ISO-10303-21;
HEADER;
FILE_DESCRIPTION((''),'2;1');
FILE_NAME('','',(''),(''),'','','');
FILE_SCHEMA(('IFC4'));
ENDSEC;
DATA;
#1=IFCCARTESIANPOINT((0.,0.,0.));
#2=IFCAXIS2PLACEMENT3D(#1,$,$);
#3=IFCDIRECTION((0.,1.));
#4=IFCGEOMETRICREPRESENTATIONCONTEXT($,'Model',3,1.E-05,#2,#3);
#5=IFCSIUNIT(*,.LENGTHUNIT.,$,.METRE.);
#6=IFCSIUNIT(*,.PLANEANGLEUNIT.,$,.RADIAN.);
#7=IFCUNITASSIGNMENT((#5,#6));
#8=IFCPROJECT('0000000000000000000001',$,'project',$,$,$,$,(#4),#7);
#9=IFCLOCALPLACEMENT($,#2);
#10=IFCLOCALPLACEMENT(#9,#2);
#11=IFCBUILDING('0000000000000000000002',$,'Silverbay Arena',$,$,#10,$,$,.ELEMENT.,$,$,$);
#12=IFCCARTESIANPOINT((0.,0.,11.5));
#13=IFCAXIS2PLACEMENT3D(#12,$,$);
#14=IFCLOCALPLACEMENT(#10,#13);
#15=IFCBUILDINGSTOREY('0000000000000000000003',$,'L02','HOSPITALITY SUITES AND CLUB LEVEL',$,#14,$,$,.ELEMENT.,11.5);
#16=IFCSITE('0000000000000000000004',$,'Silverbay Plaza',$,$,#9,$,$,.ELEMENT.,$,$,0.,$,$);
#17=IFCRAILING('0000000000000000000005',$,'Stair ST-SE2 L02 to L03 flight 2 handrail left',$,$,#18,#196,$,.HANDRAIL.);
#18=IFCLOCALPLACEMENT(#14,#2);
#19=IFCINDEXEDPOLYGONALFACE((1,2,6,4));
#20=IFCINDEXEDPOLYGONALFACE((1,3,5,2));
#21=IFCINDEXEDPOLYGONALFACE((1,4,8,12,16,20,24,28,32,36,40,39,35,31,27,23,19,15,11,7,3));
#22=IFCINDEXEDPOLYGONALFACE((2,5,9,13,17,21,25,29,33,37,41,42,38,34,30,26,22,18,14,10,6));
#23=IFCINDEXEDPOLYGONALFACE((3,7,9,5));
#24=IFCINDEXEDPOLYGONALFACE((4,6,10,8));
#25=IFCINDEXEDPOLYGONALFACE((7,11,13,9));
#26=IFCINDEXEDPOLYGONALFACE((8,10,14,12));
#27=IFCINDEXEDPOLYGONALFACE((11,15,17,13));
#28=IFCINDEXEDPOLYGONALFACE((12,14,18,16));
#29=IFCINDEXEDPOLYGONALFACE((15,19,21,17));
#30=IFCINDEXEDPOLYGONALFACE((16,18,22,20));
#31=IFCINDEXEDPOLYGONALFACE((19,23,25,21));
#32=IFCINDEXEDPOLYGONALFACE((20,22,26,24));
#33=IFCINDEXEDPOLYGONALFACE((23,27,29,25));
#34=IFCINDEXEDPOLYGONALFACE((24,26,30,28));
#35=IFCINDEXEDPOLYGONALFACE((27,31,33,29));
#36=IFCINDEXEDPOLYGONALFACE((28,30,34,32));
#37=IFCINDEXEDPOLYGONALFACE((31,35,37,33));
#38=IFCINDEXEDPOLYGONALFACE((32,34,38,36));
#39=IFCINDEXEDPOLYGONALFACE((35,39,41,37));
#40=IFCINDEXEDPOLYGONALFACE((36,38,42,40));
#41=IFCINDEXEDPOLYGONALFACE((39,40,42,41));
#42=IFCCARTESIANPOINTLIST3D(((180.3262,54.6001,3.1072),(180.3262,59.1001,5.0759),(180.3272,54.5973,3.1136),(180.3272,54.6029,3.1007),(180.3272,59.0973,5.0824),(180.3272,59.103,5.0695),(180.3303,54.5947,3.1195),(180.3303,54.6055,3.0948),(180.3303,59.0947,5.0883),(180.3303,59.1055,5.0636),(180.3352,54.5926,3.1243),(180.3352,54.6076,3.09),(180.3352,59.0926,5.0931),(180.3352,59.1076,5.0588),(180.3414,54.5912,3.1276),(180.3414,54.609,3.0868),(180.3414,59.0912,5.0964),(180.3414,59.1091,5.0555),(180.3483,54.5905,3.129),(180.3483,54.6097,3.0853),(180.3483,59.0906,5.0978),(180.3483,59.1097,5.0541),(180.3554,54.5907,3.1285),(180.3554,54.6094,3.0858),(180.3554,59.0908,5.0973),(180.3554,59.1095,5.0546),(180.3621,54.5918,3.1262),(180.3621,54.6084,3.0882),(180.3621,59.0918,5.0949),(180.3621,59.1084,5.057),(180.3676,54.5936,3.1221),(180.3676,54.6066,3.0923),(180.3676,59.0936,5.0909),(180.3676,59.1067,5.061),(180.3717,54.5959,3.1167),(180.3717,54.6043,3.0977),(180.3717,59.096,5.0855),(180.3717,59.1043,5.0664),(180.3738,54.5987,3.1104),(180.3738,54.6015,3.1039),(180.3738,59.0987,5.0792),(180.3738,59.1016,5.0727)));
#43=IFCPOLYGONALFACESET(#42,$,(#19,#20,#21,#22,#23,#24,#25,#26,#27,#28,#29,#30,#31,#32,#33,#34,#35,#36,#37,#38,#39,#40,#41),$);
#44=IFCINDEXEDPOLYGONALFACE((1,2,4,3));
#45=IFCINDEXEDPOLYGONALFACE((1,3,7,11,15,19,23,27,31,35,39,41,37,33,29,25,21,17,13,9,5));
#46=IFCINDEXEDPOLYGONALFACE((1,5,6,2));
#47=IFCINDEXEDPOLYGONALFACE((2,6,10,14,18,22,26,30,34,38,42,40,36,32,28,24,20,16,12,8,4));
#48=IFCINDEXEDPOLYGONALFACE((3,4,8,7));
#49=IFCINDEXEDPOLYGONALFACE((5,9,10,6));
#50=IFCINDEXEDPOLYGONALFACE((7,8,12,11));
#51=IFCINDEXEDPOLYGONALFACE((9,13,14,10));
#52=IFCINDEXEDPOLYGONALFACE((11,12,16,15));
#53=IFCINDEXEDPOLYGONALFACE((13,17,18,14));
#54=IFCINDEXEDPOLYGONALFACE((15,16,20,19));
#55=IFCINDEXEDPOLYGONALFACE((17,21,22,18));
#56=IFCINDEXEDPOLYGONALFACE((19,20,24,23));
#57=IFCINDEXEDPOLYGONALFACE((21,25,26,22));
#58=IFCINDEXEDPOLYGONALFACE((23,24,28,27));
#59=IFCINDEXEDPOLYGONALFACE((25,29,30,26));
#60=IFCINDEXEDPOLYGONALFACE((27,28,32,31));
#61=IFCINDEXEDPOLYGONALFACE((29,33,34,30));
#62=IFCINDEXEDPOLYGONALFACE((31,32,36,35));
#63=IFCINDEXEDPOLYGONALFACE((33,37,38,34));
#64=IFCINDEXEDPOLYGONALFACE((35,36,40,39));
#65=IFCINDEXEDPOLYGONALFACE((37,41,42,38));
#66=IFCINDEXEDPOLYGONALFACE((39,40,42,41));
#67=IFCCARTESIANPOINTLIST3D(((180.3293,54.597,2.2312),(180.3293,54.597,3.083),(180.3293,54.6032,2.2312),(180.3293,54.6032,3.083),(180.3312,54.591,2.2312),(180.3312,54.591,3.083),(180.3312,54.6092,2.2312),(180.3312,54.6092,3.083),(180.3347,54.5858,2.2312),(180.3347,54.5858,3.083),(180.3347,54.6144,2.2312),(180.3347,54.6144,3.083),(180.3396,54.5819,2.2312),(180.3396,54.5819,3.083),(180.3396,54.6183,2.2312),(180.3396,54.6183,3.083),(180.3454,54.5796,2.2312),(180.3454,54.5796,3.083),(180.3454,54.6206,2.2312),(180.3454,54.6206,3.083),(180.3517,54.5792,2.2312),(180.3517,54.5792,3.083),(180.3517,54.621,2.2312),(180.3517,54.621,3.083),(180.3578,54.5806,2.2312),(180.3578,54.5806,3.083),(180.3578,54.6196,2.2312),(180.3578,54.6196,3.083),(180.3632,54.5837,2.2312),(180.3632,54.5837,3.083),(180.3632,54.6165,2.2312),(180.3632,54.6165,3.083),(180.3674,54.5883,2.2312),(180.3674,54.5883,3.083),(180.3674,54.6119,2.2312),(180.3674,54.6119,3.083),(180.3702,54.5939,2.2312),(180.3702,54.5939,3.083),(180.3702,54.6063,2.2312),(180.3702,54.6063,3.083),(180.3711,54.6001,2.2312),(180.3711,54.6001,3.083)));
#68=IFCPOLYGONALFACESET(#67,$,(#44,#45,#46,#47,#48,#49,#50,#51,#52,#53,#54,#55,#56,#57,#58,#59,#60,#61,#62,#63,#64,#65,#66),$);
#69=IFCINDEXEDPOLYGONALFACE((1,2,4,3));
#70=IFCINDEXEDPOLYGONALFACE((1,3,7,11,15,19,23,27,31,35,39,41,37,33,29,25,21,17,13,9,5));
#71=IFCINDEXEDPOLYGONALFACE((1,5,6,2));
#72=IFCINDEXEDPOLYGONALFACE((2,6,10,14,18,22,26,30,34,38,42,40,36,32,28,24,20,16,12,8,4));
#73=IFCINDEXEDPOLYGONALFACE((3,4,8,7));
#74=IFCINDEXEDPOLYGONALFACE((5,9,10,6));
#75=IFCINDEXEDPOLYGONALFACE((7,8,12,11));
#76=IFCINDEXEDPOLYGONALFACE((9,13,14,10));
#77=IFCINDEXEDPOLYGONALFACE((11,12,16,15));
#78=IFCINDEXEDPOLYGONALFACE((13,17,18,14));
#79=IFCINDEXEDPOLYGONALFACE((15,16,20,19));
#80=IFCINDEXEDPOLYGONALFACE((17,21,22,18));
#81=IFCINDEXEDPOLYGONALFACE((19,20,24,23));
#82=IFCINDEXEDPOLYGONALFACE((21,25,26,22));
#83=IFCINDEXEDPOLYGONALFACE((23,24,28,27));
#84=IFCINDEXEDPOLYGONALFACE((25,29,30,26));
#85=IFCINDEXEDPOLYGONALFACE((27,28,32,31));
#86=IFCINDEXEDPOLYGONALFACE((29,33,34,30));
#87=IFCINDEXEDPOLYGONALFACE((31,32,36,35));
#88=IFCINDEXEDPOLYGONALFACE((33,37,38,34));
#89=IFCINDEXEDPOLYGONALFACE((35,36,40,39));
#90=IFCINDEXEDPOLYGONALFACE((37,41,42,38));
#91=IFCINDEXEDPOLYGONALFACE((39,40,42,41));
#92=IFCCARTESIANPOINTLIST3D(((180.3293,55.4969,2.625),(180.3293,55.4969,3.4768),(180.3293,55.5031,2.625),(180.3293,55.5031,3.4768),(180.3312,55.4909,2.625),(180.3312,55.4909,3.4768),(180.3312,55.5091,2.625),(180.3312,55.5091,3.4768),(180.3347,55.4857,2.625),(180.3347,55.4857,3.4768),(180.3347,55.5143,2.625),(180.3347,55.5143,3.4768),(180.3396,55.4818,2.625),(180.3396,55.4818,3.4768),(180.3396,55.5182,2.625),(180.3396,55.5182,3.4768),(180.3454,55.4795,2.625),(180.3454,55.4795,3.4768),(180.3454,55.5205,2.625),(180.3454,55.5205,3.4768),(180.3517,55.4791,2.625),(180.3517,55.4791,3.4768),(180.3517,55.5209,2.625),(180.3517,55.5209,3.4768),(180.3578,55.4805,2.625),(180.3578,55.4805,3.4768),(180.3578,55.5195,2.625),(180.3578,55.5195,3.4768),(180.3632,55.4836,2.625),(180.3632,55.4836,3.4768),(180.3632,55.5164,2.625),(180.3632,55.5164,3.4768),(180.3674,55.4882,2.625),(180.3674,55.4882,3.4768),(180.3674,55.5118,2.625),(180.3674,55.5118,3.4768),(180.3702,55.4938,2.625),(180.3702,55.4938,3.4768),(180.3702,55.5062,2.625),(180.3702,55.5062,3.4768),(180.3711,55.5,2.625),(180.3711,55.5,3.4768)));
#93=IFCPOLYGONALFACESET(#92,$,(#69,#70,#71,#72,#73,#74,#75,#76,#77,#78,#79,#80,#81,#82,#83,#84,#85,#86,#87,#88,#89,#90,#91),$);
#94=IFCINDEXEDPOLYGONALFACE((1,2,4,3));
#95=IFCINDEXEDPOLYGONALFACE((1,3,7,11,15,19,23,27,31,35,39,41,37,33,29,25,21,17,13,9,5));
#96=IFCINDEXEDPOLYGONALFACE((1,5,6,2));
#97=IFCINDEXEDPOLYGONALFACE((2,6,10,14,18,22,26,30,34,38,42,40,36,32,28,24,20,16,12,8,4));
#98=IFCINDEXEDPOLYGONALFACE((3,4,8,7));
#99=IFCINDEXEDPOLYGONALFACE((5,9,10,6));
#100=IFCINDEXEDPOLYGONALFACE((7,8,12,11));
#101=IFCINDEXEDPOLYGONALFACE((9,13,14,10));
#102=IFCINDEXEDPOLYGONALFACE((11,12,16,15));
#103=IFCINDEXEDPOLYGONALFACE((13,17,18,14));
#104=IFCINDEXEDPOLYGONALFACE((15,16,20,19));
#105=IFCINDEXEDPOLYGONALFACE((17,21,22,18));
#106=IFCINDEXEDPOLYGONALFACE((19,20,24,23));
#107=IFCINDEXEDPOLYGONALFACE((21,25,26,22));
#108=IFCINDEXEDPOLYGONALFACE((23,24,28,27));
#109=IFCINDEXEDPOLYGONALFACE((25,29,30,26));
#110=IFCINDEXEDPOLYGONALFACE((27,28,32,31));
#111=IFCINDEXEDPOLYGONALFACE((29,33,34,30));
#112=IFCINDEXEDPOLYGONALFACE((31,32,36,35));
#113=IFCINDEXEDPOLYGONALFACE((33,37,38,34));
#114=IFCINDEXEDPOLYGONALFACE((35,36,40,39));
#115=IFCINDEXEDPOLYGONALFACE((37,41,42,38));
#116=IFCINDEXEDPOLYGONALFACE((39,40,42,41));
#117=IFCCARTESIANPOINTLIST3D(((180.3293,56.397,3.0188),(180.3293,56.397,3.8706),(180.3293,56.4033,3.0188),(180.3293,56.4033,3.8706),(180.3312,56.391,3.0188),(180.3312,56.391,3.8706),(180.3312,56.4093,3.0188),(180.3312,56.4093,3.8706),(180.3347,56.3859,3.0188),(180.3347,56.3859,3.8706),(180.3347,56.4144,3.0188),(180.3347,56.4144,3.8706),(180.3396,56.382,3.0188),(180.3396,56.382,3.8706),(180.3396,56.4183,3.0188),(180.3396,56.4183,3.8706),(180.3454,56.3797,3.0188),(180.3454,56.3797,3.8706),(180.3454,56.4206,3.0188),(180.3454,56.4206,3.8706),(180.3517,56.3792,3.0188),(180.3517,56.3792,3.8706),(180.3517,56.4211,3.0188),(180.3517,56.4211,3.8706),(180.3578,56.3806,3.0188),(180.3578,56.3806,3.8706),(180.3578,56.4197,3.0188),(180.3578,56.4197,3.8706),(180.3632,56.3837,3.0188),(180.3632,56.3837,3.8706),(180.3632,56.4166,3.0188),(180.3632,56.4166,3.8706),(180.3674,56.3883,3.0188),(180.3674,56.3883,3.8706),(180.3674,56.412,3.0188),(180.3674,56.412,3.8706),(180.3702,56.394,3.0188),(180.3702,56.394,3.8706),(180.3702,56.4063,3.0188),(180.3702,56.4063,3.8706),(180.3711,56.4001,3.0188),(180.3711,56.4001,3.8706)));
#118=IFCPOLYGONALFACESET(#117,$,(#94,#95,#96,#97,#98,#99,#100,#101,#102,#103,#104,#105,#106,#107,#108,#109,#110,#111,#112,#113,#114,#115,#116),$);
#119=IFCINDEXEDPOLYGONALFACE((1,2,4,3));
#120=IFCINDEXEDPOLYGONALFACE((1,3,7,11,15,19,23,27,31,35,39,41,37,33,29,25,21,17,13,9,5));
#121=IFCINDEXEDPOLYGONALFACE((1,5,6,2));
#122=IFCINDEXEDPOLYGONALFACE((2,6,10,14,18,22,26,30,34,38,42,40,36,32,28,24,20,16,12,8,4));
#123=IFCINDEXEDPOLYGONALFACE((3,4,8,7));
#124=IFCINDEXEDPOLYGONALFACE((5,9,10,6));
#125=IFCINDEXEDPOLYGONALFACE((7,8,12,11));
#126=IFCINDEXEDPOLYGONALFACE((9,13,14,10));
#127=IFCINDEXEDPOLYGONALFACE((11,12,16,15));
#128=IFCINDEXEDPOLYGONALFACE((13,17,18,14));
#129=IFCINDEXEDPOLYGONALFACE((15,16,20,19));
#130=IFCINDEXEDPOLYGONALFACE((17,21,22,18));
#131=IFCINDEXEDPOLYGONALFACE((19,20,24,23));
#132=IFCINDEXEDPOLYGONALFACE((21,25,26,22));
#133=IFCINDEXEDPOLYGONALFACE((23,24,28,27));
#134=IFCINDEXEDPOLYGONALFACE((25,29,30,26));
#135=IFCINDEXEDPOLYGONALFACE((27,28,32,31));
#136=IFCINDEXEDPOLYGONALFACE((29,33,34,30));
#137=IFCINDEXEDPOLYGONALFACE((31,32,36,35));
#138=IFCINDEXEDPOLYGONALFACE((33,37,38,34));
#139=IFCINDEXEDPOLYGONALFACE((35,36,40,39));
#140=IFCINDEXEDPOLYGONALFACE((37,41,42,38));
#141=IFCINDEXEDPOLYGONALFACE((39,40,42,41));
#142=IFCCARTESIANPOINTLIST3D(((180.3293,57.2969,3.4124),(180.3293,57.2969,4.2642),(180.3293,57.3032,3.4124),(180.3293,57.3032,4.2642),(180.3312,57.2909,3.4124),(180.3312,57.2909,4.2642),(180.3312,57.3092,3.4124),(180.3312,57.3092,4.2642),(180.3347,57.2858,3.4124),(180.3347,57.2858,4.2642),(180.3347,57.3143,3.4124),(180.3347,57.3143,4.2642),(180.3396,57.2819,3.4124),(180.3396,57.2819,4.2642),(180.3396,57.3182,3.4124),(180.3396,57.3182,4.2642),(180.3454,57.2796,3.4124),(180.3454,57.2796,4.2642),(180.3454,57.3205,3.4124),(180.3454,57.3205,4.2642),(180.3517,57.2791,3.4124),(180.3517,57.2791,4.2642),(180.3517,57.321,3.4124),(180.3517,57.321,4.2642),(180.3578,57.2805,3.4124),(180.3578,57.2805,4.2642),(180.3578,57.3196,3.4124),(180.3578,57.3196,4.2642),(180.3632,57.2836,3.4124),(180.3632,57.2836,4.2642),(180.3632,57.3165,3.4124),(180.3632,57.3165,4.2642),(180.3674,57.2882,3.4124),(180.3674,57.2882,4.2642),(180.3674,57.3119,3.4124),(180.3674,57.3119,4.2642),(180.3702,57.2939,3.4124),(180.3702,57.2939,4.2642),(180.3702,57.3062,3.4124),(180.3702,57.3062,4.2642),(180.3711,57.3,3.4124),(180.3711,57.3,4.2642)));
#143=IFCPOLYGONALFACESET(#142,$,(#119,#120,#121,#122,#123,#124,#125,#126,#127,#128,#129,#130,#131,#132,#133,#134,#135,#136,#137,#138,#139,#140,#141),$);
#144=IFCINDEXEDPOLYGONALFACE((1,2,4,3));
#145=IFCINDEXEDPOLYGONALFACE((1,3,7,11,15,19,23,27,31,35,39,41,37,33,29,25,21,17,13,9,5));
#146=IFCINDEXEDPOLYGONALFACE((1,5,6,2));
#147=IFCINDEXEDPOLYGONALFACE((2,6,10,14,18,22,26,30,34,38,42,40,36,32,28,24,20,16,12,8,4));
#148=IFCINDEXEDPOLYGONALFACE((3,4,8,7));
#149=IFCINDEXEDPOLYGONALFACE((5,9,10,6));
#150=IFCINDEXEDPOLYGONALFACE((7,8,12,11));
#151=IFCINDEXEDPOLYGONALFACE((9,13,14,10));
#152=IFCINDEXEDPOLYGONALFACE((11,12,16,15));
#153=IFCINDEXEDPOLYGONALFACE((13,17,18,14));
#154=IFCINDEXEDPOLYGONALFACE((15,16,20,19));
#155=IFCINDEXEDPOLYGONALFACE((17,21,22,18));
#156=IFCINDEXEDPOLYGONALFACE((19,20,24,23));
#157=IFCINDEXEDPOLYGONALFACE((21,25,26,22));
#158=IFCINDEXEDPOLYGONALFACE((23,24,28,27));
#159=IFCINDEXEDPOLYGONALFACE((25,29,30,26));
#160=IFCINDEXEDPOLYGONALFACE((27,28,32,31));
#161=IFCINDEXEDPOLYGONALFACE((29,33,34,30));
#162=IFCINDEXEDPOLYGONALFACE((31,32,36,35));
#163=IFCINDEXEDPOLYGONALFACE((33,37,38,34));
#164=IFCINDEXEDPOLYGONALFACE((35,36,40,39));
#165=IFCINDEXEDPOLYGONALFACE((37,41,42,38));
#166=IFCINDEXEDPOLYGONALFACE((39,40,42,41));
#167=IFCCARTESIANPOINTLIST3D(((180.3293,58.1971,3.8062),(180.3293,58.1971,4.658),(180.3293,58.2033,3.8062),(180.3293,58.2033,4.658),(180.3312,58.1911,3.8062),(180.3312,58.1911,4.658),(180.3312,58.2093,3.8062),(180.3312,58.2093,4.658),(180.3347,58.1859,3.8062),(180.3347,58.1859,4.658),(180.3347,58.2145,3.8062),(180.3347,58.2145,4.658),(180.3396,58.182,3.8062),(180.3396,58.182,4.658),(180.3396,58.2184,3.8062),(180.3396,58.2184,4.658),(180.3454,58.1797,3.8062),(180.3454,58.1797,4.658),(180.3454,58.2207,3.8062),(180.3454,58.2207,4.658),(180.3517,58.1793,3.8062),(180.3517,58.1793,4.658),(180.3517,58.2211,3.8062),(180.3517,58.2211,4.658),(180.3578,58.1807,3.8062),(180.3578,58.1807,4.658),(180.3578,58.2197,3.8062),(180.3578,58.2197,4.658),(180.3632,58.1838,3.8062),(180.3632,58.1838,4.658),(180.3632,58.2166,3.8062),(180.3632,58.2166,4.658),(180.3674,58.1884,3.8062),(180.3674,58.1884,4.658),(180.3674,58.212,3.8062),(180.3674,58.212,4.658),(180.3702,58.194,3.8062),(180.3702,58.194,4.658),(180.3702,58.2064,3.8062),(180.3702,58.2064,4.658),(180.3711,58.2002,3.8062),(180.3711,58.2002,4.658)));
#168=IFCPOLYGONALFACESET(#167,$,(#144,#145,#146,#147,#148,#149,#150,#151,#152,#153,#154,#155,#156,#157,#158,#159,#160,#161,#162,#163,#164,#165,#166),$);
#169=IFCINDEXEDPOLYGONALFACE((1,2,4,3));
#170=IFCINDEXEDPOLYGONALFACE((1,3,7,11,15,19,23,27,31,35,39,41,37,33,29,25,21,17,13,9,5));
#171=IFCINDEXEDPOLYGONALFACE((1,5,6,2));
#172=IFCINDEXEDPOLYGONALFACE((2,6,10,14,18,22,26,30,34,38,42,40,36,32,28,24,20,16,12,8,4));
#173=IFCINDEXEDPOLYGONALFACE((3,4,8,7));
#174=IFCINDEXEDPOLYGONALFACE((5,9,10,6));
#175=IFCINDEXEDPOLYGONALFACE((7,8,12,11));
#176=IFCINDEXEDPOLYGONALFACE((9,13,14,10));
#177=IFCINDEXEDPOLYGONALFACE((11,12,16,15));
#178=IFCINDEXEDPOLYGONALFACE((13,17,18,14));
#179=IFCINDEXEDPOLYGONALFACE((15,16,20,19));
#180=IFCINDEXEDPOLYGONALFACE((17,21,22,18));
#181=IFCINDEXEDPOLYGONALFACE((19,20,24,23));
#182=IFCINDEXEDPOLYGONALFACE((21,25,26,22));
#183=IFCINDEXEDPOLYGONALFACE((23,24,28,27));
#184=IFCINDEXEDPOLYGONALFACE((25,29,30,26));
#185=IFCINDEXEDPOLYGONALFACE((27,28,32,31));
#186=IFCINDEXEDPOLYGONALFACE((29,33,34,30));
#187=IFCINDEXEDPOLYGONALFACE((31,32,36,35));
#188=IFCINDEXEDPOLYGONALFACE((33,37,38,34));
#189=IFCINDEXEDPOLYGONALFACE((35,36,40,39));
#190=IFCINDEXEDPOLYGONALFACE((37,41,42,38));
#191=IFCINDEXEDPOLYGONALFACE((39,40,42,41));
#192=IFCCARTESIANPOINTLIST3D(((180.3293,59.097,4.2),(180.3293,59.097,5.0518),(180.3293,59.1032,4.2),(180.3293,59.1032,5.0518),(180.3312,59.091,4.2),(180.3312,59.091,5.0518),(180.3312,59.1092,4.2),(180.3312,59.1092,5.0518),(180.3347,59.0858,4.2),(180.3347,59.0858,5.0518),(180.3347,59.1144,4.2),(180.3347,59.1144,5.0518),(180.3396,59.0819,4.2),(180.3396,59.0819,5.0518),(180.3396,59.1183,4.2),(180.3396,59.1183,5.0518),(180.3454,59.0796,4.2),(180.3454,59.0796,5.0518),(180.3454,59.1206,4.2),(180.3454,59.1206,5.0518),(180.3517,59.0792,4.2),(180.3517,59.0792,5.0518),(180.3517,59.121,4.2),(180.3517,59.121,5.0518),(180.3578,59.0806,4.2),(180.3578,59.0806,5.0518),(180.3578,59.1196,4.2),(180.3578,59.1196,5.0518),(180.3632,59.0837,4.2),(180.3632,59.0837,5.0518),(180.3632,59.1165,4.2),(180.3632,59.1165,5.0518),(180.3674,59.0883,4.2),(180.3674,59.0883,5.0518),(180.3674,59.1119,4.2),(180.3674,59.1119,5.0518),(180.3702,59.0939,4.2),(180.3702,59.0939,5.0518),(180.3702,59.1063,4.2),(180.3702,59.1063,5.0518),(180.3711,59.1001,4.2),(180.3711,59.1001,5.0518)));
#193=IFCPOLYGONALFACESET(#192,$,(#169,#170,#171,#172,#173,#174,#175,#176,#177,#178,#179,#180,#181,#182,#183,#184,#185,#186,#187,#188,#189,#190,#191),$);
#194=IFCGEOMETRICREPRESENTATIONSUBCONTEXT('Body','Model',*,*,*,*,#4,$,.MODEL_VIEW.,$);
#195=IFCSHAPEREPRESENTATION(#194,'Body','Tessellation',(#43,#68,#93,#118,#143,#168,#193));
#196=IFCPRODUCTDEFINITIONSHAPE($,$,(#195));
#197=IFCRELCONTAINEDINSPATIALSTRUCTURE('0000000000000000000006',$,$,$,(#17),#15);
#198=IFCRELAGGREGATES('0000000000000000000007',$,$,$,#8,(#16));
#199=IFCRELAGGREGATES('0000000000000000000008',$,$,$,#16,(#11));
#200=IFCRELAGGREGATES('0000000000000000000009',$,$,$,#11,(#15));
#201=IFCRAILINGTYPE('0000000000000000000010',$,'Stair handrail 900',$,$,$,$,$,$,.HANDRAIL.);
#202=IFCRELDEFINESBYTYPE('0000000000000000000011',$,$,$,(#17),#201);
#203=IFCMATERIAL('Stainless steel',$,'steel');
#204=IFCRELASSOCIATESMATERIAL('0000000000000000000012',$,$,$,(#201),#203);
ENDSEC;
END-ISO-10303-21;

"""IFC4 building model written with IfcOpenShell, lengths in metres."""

from ifc_helpers import new_model, si_unit, direction, frame, origin, origin_2d, place, context, subcontext, project, spatial, circle, extrude, material, type_object, element, save


model = new_model("IFC4")

# Units and contexts
model_context = context("Model", 3, precision=1e-05, world=origin(), true_north=direction((0.0, 1.0)))
body_context = subcontext(model_context, "Body", "Model", "MODEL_VIEW")
ifc_project = project(units=[si_unit("LENGTHUNIT", "METRE"), si_unit("PLANEANGLEUNIT", "RADIAN")], contexts=[model_context])

# Site, building, storey
site_placement = place(None, origin())
site = spatial("IfcSite", under=ifc_project, at=site_placement, Name="Silverbay Plaza", CompositionType="ELEMENT", RefElevation=0.0)
building_placement = place(site_placement, origin())
building = spatial("IfcBuilding", under=site, at=building_placement, Name="Silverbay Arena", CompositionType="ELEMENT")
storey_placement = place(building_placement, frame((0.0, 0.0, 11.5)))
storey = spatial("IfcBuildingStorey", under=building, at=storey_placement, Name="L02", Description="HOSPITALITY SUITES AND CLUB LEVEL", CompositionType="ELEMENT", Elevation=11.5)

# Railing
ifc_material_1 = material(Name="Stainless steel", Category="steel")
railing_type_1 = type_object("IfcRailingType", Name="Stair handrail 900", PredefinedType="HANDRAIL", material=ifc_material_1)
for number, where, name in (
    (1, (180.3501, 54.6001, 2.2312), "Stair ST-SE2 L02 to L03 flight 2 handrail left"),
):
    element("IfcRailing", number, at=place(storey_placement, frame(where)), inside=storey, type_object=railing_type_1, Name=name, PredefinedType="HANDRAIL", context=body_context, shape_type="SweptSolid", body=[
        extrude(circle(Radius=0.0239, at=origin_2d()), frame((0.0, 0.0, 0.876), z_axis=(0.0, 0.916157, 0.400819), x_axis=(-1.0, 0.0, 0.0)), (0.0, 0.0, 1.0), 4.9119),
        extrude(circle(Radius=0.021, at=origin_2d()), origin(), (0.0, 0.0, 1.0), 0.8518),
        extrude(circle(Radius=0.021, at=origin_2d()), frame((0.0, 0.8999, 0.3938)), (0.0, 0.0, 1.0), 0.8518),
        extrude(circle(Radius=0.021, at=origin_2d()), frame((0.0, 1.8, 0.7876)), (0.0, 0.0, 1.0), 0.8518),
        extrude(circle(Radius=0.021, at=origin_2d()), frame((0.0, 2.7, 1.1812)), (0.0, 0.0, 1.0), 0.8518),
        extrude(circle(Radius=0.021, at=origin_2d()), frame((0.0, 3.6001, 1.575)), (0.0, 0.0, 1.0), 0.8518),
        extrude(circle(Radius=0.021, at=origin_2d()), frame((0.0, 4.5, 1.9688)), (0.0, 0.0, 1.0), 0.8518),
    ])

save(model, "model.ifc")
